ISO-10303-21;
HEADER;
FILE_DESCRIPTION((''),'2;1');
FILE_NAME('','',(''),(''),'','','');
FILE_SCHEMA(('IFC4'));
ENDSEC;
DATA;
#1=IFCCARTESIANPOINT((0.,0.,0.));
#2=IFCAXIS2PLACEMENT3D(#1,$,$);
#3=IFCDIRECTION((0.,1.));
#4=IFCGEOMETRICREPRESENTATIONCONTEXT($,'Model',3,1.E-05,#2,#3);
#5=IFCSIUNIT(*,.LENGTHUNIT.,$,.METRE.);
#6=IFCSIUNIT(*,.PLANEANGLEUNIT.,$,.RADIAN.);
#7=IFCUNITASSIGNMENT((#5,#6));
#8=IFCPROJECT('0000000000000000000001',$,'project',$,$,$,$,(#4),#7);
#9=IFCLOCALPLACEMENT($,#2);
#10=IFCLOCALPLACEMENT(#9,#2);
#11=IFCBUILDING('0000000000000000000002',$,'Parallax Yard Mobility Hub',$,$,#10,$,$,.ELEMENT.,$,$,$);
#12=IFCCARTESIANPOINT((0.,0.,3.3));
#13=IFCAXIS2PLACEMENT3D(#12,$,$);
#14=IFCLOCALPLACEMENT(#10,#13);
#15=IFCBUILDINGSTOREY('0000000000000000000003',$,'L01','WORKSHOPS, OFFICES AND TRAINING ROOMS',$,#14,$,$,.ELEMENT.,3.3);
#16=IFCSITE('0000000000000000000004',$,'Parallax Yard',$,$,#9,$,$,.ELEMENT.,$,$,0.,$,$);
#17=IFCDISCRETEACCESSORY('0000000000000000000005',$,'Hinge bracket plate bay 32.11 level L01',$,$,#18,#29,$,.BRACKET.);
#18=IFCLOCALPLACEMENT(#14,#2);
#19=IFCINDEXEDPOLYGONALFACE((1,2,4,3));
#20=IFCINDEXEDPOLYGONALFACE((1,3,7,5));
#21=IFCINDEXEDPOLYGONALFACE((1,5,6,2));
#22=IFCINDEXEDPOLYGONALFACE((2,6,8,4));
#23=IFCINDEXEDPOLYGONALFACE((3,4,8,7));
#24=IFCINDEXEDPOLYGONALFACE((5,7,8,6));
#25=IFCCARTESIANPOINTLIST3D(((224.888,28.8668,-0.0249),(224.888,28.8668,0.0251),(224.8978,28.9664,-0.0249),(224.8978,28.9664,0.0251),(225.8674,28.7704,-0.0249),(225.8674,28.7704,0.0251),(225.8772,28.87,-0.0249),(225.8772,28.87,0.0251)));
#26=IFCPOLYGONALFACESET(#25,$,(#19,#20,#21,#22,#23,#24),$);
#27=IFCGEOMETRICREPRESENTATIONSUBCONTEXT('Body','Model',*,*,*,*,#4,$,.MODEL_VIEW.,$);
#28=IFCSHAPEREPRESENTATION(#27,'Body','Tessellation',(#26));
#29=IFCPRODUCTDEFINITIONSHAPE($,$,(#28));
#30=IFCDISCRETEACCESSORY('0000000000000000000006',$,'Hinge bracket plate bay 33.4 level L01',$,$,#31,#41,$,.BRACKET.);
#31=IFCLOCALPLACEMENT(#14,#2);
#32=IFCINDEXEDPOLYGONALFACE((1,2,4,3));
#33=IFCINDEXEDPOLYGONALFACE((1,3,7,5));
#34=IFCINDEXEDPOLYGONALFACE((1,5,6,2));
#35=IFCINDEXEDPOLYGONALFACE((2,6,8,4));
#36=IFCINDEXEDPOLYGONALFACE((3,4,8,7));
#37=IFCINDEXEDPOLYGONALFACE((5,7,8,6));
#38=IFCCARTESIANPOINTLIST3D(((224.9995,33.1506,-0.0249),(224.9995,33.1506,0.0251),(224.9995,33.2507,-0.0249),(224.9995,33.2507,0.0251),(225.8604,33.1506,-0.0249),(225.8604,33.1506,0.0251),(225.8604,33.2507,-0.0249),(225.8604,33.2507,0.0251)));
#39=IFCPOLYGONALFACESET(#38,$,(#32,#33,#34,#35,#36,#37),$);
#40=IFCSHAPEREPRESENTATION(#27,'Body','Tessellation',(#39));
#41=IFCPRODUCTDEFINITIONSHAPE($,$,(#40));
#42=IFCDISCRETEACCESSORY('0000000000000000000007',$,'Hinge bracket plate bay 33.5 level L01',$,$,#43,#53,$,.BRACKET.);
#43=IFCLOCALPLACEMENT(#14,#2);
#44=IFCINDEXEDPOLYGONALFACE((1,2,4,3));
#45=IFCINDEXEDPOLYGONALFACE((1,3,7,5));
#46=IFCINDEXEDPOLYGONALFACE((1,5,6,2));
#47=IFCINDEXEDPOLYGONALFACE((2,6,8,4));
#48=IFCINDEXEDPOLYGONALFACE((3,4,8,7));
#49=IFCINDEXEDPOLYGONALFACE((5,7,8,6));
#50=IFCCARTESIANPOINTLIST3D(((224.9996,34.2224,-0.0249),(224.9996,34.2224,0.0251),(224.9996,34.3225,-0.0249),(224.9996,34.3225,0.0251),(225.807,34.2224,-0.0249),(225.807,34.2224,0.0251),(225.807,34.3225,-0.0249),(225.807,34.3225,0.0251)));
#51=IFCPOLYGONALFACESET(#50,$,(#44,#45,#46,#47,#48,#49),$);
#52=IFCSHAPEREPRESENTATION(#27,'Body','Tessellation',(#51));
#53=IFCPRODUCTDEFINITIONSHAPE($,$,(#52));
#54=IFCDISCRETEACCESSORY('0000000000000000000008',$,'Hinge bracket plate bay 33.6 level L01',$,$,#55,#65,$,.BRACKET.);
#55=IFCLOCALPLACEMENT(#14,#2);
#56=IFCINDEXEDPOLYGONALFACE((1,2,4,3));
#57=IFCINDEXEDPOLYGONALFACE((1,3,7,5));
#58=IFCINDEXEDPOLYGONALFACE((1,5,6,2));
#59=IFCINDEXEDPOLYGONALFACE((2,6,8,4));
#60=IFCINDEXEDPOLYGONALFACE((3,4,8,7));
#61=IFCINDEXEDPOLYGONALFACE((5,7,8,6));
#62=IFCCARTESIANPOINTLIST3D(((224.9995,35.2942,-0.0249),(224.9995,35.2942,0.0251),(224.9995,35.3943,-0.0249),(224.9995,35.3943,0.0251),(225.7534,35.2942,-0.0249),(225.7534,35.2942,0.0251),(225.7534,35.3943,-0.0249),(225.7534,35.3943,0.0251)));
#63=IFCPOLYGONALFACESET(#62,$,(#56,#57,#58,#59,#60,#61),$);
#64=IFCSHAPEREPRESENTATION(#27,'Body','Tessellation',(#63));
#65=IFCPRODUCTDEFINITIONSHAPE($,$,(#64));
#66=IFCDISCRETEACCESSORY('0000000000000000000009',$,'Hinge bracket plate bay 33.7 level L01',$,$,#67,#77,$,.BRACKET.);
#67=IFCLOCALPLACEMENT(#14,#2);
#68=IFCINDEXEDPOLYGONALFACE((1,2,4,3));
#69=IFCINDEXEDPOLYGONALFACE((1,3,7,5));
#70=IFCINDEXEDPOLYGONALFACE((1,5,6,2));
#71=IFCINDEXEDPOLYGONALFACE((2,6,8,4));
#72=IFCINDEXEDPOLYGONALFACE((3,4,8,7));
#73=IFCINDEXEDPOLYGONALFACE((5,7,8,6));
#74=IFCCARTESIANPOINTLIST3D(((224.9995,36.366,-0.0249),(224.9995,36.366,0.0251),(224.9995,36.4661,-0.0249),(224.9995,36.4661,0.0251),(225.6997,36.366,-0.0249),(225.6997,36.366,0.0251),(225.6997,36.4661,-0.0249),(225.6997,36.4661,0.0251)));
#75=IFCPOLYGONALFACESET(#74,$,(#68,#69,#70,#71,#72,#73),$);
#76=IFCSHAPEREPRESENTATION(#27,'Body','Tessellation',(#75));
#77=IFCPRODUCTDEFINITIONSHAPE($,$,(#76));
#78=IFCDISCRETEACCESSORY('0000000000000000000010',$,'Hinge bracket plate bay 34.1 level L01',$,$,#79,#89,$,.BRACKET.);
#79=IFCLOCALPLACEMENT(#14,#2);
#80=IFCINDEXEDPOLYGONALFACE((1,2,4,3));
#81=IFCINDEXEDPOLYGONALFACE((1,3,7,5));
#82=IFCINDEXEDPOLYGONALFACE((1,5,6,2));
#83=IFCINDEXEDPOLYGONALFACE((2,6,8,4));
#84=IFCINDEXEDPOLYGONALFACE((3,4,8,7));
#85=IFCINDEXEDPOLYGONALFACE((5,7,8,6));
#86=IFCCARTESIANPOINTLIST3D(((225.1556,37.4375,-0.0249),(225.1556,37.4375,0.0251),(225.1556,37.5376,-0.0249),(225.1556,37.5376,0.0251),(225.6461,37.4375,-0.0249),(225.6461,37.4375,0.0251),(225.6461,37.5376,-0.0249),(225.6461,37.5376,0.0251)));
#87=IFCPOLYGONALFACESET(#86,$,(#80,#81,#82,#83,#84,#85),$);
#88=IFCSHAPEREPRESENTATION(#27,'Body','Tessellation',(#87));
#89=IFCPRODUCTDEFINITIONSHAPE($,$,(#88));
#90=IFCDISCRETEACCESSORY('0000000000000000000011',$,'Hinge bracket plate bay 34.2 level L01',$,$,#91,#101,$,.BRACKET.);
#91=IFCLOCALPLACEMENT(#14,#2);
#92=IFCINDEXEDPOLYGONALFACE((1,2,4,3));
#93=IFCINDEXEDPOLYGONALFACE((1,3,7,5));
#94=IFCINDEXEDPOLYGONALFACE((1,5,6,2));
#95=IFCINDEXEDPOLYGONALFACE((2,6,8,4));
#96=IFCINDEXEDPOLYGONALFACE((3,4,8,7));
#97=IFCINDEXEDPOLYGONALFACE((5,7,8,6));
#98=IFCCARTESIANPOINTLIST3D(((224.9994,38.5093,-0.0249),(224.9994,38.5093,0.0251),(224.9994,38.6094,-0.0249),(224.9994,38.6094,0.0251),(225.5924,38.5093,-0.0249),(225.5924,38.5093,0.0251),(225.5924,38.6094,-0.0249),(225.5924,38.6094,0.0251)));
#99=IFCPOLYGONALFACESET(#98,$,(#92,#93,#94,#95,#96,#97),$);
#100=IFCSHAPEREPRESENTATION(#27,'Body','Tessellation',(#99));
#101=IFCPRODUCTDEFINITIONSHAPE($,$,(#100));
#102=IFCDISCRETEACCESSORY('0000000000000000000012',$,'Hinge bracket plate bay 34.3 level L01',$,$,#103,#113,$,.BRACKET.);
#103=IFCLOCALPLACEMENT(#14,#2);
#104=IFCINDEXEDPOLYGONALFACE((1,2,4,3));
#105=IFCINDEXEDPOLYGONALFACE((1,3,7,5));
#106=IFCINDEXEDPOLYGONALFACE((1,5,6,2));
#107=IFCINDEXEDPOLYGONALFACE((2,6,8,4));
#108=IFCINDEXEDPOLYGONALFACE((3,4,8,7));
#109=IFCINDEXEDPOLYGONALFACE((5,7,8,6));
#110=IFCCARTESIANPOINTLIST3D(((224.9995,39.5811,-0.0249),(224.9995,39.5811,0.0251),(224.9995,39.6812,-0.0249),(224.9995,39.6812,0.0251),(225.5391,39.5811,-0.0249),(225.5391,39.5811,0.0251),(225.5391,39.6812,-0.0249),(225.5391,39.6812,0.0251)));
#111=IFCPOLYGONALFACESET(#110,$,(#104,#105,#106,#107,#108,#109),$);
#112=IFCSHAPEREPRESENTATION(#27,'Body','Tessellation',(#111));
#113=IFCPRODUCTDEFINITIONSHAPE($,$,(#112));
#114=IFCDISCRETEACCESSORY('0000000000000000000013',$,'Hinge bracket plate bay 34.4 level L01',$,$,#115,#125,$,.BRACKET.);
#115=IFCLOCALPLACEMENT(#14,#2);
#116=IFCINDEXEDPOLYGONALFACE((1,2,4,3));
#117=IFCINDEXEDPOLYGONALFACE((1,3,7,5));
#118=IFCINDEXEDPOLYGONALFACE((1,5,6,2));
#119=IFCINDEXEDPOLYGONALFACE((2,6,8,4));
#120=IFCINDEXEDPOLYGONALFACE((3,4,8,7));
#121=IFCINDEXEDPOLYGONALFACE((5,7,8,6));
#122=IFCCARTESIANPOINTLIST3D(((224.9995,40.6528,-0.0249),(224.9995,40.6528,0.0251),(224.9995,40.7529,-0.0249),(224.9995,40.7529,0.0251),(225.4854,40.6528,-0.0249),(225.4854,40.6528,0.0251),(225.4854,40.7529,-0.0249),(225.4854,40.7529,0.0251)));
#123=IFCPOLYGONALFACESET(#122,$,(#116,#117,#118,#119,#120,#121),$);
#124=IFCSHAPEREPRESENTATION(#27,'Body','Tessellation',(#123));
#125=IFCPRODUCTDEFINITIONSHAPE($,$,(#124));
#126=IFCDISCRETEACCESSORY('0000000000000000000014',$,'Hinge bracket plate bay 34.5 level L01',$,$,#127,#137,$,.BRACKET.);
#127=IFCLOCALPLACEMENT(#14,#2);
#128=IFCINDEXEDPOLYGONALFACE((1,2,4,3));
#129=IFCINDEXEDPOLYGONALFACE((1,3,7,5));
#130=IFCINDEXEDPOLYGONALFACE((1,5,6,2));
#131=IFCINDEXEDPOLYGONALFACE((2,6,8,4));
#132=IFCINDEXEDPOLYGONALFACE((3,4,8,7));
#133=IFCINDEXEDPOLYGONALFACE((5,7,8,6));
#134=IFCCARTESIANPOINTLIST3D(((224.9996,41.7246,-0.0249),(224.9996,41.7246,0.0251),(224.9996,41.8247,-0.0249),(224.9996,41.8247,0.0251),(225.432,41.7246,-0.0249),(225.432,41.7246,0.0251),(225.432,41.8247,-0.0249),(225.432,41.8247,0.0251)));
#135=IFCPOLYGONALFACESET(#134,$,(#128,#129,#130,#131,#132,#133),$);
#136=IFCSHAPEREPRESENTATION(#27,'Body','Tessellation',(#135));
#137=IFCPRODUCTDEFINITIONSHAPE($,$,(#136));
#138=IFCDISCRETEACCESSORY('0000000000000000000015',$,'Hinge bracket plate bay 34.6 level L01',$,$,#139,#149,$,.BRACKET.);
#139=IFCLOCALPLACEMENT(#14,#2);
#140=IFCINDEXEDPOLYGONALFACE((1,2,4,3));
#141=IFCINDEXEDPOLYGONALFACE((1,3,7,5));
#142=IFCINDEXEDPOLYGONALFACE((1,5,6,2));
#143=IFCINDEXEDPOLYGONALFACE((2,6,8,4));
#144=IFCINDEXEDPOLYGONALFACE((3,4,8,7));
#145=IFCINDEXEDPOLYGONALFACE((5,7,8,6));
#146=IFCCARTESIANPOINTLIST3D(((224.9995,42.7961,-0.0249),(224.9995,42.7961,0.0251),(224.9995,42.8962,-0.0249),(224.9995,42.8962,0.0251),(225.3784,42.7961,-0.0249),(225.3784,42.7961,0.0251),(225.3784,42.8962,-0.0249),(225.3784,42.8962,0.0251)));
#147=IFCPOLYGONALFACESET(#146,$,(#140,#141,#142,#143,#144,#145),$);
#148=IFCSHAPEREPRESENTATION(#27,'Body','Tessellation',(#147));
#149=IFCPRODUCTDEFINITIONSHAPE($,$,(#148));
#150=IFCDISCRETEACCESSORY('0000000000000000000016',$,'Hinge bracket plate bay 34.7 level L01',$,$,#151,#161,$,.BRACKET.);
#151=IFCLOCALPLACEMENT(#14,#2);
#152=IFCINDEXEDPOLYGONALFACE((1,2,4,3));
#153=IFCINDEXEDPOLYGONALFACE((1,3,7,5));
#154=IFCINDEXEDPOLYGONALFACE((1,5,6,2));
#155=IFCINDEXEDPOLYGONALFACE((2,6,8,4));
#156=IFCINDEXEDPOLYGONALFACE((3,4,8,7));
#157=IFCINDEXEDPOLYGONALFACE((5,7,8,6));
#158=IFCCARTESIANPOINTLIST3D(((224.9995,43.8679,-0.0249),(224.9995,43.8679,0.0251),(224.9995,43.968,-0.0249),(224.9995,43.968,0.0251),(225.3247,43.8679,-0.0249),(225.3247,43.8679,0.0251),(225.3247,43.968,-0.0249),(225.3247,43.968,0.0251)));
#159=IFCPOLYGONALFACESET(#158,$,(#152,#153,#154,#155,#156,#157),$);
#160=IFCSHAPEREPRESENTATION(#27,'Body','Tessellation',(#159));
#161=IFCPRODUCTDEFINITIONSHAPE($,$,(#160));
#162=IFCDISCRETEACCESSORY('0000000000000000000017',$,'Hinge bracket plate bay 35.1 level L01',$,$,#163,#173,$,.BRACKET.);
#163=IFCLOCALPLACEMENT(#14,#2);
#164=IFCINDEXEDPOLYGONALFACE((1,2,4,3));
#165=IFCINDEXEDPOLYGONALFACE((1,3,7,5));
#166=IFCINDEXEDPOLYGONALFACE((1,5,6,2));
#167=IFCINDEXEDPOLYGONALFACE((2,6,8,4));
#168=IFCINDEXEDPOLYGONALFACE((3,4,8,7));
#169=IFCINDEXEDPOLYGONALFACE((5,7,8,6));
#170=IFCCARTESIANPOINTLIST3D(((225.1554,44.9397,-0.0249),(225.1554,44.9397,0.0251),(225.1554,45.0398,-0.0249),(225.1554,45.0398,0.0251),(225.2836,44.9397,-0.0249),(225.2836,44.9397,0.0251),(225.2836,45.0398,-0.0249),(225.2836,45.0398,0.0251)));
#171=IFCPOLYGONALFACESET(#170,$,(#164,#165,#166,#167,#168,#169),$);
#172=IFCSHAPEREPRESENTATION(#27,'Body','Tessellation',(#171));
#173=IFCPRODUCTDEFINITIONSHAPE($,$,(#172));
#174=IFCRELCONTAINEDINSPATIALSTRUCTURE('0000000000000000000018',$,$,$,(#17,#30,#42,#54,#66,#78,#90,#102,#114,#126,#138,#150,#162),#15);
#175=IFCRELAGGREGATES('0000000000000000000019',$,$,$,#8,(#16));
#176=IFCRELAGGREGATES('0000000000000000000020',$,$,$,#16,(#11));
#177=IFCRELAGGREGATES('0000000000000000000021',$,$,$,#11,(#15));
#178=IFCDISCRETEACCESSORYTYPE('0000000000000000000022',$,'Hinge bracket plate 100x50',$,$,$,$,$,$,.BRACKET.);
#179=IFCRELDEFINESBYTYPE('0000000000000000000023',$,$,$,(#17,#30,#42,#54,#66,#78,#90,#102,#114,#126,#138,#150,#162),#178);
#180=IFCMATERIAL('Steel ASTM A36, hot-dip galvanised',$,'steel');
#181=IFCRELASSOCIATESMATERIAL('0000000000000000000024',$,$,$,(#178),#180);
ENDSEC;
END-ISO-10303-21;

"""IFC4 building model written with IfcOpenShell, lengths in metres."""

from ifc_helpers import new_model, si_unit, direction, frame, origin, origin_2d, place, context, subcontext, project, spatial, rectangle, extrude, material, type_object, element, save


model = new_model("IFC4")

# Units and contexts
model_context = context("Model", 3, precision=1e-05, world=origin(), true_north=direction((0.0, 1.0)))
body_context = subcontext(model_context, "Body", "Model", "MODEL_VIEW")
ifc_project = project(units=[si_unit("LENGTHUNIT", "METRE"), si_unit("PLANEANGLEUNIT", "RADIAN")], contexts=[model_context])

# Site, building, storey
site_placement = place(None, origin())
site = spatial("IfcSite", under=ifc_project, at=site_placement, Name="Parallax Yard", CompositionType="ELEMENT", RefElevation=0.0)
building_placement = place(site_placement, origin())
building = spatial("IfcBuilding", under=site, at=building_placement, Name="Parallax Yard Mobility Hub", CompositionType="ELEMENT")
storey_placement = place(building_placement, frame((0.0, 0.0, 3.3)))
storey = spatial("IfcBuildingStorey", under=building, at=storey_placement, Name="L01", Description="WORKSHOPS, OFFICES AND TRAINING ROOMS", CompositionType="ELEMENT", Elevation=3.3)

# Discrete accessories
ifc_material_1 = material(Name="Steel ASTM A36, hot-dip galvanised", Category="steel")
discrete_accessory_type_1 = type_object("IfcDiscreteAccessoryType", Name="Hinge bracket plate 100x50", PredefinedType="BRACKET", material=ifc_material_1)
for number, where, z_axis, x_axis, name in (
    (1, (225.3826, 28.8684, -0.0249), (0.0, 0.0, 1.0), (0.995185, -0.098017, 0.0), "Hinge bracket plate bay 32.11 level L01"),
):
    element("IfcDiscreteAccessory", number, at=place(storey_placement, frame(where, z_axis=z_axis, x_axis=x_axis)), inside=storey, type_object=discrete_accessory_type_1, Name=name, PredefinedType="BRACKET", context=body_context, shape_type="SweptSolid", body=[
        extrude(rectangle(XDim=0.9841, YDim=0.1001, at=origin_2d()), origin(), (0.0, 0.0, 1.0), 0.05),
    ])
discrete_accessory_1_placement = place(storey_placement, frame((225.4299, 33.2007, -0.0249), z_axis=(0.0, 0.0, 1.0), x_axis=(1.0, 0.0, 0.0)))
element("IfcDiscreteAccessory", 2, at=discrete_accessory_1_placement, inside=storey, type_object=discrete_accessory_type_1, Name="Hinge bracket plate bay 33.4 level L01", PredefinedType="BRACKET", context=body_context, shape_type="SweptSolid", body=[
    extrude(rectangle(XDim=0.8608, YDim=0.1001, at=origin_2d()), origin(), (0.0, 0.0, 1.0), 0.05),
])
discrete_accessory_2_placement = place(storey_placement, frame((225.4033, 34.2725, -0.0249), z_axis=(0.0, 0.0, 1.0), x_axis=(1.0, 0.0, 0.0)))
element("IfcDiscreteAccessory", 3, at=discrete_accessory_2_placement, inside=storey, type_object=discrete_accessory_type_1, Name="Hinge bracket plate bay 33.5 level L01", PredefinedType="BRACKET", context=body_context, shape_type="SweptSolid", body=[
    extrude(rectangle(XDim=0.8074, YDim=0.1001, at=origin_2d()), origin(), (0.0, 0.0, 1.0), 0.05),
])
discrete_accessory_3_placement = place(storey_placement, frame((225.3765, 35.3442, -0.0249), z_axis=(0.0, 0.0, 1.0), x_axis=(1.0, 0.0, 0.0)))
element("IfcDiscreteAccessory", 4, at=discrete_accessory_3_placement, inside=storey, type_object=discrete_accessory_type_1, Name="Hinge bracket plate bay 33.6 level L01", PredefinedType="BRACKET", context=body_context, shape_type="SweptSolid", body=[
    extrude(rectangle(XDim=0.7539, YDim=0.1001, at=origin_2d()), origin(), (0.0, 0.0, 1.0), 0.05),
])
discrete_accessory_4_placement = place(storey_placement, frame((225.3496, 36.416, -0.0249), z_axis=(0.0, 0.0, 1.0), x_axis=(1.0, 0.0, 0.0)))
element("IfcDiscreteAccessory", 5, at=discrete_accessory_4_placement, inside=storey, type_object=discrete_accessory_type_1, Name="Hinge bracket plate bay 33.7 level L01", PredefinedType="BRACKET", context=body_context, shape_type="SweptSolid", body=[
    extrude(rectangle(XDim=0.7002, YDim=0.1001, at=origin_2d()), origin(), (0.0, 0.0, 1.0), 0.05),
])
discrete_accessory_5_placement = place(storey_placement, frame((225.4009, 37.4875, -0.0249), z_axis=(0.0, 0.0, 1.0), x_axis=(1.0, 0.0, 0.0)))
element("IfcDiscreteAccessory", 6, at=discrete_accessory_5_placement, inside=storey, type_object=discrete_accessory_type_1, Name="Hinge bracket plate bay 34.1 level L01", PredefinedType="BRACKET", context=body_context, shape_type="SweptSolid", body=[
    extrude(rectangle(XDim=0.4905, YDim=0.1001, at=origin_2d()), origin(), (0.0, 0.0, 1.0), 0.05),
])
discrete_accessory_6_placement = place(storey_placement, frame((225.2959, 38.5593, -0.0249), z_axis=(0.0, 0.0, 1.0), x_axis=(1.0, 0.0, 0.0)))
element("IfcDiscreteAccessory", 7, at=discrete_accessory_6_placement, inside=storey, type_object=discrete_accessory_type_1, Name="Hinge bracket plate bay 34.2 level L01", PredefinedType="BRACKET", context=body_context, shape_type="SweptSolid", body=[
    extrude(rectangle(XDim=0.593, YDim=0.1001, at=origin_2d()), origin(), (0.0, 0.0, 1.0), 0.05),
])
discrete_accessory_7_placement = place(storey_placement, frame((225.2693, 39.6311, -0.0249), z_axis=(0.0, 0.0, 1.0), x_axis=(1.0, 0.0, 0.0)))
element("IfcDiscreteAccessory", 8, at=discrete_accessory_7_placement, inside=storey, type_object=discrete_accessory_type_1, Name="Hinge bracket plate bay 34.3 level L01", PredefinedType="BRACKET", context=body_context, shape_type="SweptSolid", body=[
    extrude(rectangle(XDim=0.5396, YDim=0.1001, at=origin_2d()), origin(), (0.0, 0.0, 1.0), 0.05),
])
discrete_accessory_8_placement = place(storey_placement, frame((225.2424, 40.7029, -0.0249), z_axis=(0.0, 0.0, 1.0), x_axis=(1.0, 0.0, 0.0)))
element("IfcDiscreteAccessory", 9, at=discrete_accessory_8_placement, inside=storey, type_object=discrete_accessory_type_1, Name="Hinge bracket plate bay 34.4 level L01", PredefinedType="BRACKET", context=body_context, shape_type="SweptSolid", body=[
    extrude(rectangle(XDim=0.4858, YDim=0.1001, at=origin_2d()), origin(), (0.0, 0.0, 1.0), 0.05),
])
discrete_accessory_9_placement = place(storey_placement, frame((225.2158, 41.7747, -0.0249), z_axis=(0.0, 0.0, 1.0), x_axis=(1.0, 0.0, 0.0)))
element("IfcDiscreteAccessory", 10, at=discrete_accessory_9_placement, inside=storey, type_object=discrete_accessory_type_1, Name="Hinge bracket plate bay 34.5 level L01", PredefinedType="BRACKET", context=body_context, shape_type="SweptSolid", body=[
    extrude(rectangle(XDim=0.4324, YDim=0.1001, at=origin_2d()), origin(), (0.0, 0.0, 1.0), 0.05),
])
discrete_accessory_10_placement = place(storey_placement, frame((225.189, 42.8462, -0.0249), z_axis=(0.0, 0.0, 1.0), x_axis=(1.0, 0.0, 0.0)))
element("IfcDiscreteAccessory", 11, at=discrete_accessory_10_placement, inside=storey, type_object=discrete_accessory_type_1, Name="Hinge bracket plate bay 34.6 level L01", PredefinedType="BRACKET", context=body_context, shape_type="SweptSolid", body=[
    extrude(rectangle(XDim=0.3789, YDim=0.1001, at=origin_2d()), origin(), (0.0, 0.0, 1.0), 0.05),
])
discrete_accessory_11_placement = place(storey_placement, frame((225.1621, 43.918, -0.0249), z_axis=(0.0, 0.0, 1.0), x_axis=(1.0, 0.0, 0.0)))
element("IfcDiscreteAccessory", 12, at=discrete_accessory_11_placement, inside=storey, type_object=discrete_accessory_type_1, Name="Hinge bracket plate bay 34.7 level L01", PredefinedType="BRACKET", context=body_context, shape_type="SweptSolid", body=[
    extrude(rectangle(XDim=0.3252, YDim=0.1001, at=origin_2d()), origin(), (0.0, 0.0, 1.0), 0.05),
])
discrete_accessory_12_placement = place(storey_placement, frame((225.2195, 44.9897, -0.0249), z_axis=(0.0, 0.0, 1.0), x_axis=(1.0, 0.0, 0.0)))
element("IfcDiscreteAccessory", 13, at=discrete_accessory_12_placement, inside=storey, type_object=discrete_accessory_type_1, Name="Hinge bracket plate bay 35.1 level L01", PredefinedType="BRACKET", context=body_context, shape_type="SweptSolid", body=[
    extrude(rectangle(XDim=0.1282, YDim=0.1001, at=origin_2d()), origin(), (0.0, 0.0, 1.0), 0.05),
])

save(model, "model.ifc")
